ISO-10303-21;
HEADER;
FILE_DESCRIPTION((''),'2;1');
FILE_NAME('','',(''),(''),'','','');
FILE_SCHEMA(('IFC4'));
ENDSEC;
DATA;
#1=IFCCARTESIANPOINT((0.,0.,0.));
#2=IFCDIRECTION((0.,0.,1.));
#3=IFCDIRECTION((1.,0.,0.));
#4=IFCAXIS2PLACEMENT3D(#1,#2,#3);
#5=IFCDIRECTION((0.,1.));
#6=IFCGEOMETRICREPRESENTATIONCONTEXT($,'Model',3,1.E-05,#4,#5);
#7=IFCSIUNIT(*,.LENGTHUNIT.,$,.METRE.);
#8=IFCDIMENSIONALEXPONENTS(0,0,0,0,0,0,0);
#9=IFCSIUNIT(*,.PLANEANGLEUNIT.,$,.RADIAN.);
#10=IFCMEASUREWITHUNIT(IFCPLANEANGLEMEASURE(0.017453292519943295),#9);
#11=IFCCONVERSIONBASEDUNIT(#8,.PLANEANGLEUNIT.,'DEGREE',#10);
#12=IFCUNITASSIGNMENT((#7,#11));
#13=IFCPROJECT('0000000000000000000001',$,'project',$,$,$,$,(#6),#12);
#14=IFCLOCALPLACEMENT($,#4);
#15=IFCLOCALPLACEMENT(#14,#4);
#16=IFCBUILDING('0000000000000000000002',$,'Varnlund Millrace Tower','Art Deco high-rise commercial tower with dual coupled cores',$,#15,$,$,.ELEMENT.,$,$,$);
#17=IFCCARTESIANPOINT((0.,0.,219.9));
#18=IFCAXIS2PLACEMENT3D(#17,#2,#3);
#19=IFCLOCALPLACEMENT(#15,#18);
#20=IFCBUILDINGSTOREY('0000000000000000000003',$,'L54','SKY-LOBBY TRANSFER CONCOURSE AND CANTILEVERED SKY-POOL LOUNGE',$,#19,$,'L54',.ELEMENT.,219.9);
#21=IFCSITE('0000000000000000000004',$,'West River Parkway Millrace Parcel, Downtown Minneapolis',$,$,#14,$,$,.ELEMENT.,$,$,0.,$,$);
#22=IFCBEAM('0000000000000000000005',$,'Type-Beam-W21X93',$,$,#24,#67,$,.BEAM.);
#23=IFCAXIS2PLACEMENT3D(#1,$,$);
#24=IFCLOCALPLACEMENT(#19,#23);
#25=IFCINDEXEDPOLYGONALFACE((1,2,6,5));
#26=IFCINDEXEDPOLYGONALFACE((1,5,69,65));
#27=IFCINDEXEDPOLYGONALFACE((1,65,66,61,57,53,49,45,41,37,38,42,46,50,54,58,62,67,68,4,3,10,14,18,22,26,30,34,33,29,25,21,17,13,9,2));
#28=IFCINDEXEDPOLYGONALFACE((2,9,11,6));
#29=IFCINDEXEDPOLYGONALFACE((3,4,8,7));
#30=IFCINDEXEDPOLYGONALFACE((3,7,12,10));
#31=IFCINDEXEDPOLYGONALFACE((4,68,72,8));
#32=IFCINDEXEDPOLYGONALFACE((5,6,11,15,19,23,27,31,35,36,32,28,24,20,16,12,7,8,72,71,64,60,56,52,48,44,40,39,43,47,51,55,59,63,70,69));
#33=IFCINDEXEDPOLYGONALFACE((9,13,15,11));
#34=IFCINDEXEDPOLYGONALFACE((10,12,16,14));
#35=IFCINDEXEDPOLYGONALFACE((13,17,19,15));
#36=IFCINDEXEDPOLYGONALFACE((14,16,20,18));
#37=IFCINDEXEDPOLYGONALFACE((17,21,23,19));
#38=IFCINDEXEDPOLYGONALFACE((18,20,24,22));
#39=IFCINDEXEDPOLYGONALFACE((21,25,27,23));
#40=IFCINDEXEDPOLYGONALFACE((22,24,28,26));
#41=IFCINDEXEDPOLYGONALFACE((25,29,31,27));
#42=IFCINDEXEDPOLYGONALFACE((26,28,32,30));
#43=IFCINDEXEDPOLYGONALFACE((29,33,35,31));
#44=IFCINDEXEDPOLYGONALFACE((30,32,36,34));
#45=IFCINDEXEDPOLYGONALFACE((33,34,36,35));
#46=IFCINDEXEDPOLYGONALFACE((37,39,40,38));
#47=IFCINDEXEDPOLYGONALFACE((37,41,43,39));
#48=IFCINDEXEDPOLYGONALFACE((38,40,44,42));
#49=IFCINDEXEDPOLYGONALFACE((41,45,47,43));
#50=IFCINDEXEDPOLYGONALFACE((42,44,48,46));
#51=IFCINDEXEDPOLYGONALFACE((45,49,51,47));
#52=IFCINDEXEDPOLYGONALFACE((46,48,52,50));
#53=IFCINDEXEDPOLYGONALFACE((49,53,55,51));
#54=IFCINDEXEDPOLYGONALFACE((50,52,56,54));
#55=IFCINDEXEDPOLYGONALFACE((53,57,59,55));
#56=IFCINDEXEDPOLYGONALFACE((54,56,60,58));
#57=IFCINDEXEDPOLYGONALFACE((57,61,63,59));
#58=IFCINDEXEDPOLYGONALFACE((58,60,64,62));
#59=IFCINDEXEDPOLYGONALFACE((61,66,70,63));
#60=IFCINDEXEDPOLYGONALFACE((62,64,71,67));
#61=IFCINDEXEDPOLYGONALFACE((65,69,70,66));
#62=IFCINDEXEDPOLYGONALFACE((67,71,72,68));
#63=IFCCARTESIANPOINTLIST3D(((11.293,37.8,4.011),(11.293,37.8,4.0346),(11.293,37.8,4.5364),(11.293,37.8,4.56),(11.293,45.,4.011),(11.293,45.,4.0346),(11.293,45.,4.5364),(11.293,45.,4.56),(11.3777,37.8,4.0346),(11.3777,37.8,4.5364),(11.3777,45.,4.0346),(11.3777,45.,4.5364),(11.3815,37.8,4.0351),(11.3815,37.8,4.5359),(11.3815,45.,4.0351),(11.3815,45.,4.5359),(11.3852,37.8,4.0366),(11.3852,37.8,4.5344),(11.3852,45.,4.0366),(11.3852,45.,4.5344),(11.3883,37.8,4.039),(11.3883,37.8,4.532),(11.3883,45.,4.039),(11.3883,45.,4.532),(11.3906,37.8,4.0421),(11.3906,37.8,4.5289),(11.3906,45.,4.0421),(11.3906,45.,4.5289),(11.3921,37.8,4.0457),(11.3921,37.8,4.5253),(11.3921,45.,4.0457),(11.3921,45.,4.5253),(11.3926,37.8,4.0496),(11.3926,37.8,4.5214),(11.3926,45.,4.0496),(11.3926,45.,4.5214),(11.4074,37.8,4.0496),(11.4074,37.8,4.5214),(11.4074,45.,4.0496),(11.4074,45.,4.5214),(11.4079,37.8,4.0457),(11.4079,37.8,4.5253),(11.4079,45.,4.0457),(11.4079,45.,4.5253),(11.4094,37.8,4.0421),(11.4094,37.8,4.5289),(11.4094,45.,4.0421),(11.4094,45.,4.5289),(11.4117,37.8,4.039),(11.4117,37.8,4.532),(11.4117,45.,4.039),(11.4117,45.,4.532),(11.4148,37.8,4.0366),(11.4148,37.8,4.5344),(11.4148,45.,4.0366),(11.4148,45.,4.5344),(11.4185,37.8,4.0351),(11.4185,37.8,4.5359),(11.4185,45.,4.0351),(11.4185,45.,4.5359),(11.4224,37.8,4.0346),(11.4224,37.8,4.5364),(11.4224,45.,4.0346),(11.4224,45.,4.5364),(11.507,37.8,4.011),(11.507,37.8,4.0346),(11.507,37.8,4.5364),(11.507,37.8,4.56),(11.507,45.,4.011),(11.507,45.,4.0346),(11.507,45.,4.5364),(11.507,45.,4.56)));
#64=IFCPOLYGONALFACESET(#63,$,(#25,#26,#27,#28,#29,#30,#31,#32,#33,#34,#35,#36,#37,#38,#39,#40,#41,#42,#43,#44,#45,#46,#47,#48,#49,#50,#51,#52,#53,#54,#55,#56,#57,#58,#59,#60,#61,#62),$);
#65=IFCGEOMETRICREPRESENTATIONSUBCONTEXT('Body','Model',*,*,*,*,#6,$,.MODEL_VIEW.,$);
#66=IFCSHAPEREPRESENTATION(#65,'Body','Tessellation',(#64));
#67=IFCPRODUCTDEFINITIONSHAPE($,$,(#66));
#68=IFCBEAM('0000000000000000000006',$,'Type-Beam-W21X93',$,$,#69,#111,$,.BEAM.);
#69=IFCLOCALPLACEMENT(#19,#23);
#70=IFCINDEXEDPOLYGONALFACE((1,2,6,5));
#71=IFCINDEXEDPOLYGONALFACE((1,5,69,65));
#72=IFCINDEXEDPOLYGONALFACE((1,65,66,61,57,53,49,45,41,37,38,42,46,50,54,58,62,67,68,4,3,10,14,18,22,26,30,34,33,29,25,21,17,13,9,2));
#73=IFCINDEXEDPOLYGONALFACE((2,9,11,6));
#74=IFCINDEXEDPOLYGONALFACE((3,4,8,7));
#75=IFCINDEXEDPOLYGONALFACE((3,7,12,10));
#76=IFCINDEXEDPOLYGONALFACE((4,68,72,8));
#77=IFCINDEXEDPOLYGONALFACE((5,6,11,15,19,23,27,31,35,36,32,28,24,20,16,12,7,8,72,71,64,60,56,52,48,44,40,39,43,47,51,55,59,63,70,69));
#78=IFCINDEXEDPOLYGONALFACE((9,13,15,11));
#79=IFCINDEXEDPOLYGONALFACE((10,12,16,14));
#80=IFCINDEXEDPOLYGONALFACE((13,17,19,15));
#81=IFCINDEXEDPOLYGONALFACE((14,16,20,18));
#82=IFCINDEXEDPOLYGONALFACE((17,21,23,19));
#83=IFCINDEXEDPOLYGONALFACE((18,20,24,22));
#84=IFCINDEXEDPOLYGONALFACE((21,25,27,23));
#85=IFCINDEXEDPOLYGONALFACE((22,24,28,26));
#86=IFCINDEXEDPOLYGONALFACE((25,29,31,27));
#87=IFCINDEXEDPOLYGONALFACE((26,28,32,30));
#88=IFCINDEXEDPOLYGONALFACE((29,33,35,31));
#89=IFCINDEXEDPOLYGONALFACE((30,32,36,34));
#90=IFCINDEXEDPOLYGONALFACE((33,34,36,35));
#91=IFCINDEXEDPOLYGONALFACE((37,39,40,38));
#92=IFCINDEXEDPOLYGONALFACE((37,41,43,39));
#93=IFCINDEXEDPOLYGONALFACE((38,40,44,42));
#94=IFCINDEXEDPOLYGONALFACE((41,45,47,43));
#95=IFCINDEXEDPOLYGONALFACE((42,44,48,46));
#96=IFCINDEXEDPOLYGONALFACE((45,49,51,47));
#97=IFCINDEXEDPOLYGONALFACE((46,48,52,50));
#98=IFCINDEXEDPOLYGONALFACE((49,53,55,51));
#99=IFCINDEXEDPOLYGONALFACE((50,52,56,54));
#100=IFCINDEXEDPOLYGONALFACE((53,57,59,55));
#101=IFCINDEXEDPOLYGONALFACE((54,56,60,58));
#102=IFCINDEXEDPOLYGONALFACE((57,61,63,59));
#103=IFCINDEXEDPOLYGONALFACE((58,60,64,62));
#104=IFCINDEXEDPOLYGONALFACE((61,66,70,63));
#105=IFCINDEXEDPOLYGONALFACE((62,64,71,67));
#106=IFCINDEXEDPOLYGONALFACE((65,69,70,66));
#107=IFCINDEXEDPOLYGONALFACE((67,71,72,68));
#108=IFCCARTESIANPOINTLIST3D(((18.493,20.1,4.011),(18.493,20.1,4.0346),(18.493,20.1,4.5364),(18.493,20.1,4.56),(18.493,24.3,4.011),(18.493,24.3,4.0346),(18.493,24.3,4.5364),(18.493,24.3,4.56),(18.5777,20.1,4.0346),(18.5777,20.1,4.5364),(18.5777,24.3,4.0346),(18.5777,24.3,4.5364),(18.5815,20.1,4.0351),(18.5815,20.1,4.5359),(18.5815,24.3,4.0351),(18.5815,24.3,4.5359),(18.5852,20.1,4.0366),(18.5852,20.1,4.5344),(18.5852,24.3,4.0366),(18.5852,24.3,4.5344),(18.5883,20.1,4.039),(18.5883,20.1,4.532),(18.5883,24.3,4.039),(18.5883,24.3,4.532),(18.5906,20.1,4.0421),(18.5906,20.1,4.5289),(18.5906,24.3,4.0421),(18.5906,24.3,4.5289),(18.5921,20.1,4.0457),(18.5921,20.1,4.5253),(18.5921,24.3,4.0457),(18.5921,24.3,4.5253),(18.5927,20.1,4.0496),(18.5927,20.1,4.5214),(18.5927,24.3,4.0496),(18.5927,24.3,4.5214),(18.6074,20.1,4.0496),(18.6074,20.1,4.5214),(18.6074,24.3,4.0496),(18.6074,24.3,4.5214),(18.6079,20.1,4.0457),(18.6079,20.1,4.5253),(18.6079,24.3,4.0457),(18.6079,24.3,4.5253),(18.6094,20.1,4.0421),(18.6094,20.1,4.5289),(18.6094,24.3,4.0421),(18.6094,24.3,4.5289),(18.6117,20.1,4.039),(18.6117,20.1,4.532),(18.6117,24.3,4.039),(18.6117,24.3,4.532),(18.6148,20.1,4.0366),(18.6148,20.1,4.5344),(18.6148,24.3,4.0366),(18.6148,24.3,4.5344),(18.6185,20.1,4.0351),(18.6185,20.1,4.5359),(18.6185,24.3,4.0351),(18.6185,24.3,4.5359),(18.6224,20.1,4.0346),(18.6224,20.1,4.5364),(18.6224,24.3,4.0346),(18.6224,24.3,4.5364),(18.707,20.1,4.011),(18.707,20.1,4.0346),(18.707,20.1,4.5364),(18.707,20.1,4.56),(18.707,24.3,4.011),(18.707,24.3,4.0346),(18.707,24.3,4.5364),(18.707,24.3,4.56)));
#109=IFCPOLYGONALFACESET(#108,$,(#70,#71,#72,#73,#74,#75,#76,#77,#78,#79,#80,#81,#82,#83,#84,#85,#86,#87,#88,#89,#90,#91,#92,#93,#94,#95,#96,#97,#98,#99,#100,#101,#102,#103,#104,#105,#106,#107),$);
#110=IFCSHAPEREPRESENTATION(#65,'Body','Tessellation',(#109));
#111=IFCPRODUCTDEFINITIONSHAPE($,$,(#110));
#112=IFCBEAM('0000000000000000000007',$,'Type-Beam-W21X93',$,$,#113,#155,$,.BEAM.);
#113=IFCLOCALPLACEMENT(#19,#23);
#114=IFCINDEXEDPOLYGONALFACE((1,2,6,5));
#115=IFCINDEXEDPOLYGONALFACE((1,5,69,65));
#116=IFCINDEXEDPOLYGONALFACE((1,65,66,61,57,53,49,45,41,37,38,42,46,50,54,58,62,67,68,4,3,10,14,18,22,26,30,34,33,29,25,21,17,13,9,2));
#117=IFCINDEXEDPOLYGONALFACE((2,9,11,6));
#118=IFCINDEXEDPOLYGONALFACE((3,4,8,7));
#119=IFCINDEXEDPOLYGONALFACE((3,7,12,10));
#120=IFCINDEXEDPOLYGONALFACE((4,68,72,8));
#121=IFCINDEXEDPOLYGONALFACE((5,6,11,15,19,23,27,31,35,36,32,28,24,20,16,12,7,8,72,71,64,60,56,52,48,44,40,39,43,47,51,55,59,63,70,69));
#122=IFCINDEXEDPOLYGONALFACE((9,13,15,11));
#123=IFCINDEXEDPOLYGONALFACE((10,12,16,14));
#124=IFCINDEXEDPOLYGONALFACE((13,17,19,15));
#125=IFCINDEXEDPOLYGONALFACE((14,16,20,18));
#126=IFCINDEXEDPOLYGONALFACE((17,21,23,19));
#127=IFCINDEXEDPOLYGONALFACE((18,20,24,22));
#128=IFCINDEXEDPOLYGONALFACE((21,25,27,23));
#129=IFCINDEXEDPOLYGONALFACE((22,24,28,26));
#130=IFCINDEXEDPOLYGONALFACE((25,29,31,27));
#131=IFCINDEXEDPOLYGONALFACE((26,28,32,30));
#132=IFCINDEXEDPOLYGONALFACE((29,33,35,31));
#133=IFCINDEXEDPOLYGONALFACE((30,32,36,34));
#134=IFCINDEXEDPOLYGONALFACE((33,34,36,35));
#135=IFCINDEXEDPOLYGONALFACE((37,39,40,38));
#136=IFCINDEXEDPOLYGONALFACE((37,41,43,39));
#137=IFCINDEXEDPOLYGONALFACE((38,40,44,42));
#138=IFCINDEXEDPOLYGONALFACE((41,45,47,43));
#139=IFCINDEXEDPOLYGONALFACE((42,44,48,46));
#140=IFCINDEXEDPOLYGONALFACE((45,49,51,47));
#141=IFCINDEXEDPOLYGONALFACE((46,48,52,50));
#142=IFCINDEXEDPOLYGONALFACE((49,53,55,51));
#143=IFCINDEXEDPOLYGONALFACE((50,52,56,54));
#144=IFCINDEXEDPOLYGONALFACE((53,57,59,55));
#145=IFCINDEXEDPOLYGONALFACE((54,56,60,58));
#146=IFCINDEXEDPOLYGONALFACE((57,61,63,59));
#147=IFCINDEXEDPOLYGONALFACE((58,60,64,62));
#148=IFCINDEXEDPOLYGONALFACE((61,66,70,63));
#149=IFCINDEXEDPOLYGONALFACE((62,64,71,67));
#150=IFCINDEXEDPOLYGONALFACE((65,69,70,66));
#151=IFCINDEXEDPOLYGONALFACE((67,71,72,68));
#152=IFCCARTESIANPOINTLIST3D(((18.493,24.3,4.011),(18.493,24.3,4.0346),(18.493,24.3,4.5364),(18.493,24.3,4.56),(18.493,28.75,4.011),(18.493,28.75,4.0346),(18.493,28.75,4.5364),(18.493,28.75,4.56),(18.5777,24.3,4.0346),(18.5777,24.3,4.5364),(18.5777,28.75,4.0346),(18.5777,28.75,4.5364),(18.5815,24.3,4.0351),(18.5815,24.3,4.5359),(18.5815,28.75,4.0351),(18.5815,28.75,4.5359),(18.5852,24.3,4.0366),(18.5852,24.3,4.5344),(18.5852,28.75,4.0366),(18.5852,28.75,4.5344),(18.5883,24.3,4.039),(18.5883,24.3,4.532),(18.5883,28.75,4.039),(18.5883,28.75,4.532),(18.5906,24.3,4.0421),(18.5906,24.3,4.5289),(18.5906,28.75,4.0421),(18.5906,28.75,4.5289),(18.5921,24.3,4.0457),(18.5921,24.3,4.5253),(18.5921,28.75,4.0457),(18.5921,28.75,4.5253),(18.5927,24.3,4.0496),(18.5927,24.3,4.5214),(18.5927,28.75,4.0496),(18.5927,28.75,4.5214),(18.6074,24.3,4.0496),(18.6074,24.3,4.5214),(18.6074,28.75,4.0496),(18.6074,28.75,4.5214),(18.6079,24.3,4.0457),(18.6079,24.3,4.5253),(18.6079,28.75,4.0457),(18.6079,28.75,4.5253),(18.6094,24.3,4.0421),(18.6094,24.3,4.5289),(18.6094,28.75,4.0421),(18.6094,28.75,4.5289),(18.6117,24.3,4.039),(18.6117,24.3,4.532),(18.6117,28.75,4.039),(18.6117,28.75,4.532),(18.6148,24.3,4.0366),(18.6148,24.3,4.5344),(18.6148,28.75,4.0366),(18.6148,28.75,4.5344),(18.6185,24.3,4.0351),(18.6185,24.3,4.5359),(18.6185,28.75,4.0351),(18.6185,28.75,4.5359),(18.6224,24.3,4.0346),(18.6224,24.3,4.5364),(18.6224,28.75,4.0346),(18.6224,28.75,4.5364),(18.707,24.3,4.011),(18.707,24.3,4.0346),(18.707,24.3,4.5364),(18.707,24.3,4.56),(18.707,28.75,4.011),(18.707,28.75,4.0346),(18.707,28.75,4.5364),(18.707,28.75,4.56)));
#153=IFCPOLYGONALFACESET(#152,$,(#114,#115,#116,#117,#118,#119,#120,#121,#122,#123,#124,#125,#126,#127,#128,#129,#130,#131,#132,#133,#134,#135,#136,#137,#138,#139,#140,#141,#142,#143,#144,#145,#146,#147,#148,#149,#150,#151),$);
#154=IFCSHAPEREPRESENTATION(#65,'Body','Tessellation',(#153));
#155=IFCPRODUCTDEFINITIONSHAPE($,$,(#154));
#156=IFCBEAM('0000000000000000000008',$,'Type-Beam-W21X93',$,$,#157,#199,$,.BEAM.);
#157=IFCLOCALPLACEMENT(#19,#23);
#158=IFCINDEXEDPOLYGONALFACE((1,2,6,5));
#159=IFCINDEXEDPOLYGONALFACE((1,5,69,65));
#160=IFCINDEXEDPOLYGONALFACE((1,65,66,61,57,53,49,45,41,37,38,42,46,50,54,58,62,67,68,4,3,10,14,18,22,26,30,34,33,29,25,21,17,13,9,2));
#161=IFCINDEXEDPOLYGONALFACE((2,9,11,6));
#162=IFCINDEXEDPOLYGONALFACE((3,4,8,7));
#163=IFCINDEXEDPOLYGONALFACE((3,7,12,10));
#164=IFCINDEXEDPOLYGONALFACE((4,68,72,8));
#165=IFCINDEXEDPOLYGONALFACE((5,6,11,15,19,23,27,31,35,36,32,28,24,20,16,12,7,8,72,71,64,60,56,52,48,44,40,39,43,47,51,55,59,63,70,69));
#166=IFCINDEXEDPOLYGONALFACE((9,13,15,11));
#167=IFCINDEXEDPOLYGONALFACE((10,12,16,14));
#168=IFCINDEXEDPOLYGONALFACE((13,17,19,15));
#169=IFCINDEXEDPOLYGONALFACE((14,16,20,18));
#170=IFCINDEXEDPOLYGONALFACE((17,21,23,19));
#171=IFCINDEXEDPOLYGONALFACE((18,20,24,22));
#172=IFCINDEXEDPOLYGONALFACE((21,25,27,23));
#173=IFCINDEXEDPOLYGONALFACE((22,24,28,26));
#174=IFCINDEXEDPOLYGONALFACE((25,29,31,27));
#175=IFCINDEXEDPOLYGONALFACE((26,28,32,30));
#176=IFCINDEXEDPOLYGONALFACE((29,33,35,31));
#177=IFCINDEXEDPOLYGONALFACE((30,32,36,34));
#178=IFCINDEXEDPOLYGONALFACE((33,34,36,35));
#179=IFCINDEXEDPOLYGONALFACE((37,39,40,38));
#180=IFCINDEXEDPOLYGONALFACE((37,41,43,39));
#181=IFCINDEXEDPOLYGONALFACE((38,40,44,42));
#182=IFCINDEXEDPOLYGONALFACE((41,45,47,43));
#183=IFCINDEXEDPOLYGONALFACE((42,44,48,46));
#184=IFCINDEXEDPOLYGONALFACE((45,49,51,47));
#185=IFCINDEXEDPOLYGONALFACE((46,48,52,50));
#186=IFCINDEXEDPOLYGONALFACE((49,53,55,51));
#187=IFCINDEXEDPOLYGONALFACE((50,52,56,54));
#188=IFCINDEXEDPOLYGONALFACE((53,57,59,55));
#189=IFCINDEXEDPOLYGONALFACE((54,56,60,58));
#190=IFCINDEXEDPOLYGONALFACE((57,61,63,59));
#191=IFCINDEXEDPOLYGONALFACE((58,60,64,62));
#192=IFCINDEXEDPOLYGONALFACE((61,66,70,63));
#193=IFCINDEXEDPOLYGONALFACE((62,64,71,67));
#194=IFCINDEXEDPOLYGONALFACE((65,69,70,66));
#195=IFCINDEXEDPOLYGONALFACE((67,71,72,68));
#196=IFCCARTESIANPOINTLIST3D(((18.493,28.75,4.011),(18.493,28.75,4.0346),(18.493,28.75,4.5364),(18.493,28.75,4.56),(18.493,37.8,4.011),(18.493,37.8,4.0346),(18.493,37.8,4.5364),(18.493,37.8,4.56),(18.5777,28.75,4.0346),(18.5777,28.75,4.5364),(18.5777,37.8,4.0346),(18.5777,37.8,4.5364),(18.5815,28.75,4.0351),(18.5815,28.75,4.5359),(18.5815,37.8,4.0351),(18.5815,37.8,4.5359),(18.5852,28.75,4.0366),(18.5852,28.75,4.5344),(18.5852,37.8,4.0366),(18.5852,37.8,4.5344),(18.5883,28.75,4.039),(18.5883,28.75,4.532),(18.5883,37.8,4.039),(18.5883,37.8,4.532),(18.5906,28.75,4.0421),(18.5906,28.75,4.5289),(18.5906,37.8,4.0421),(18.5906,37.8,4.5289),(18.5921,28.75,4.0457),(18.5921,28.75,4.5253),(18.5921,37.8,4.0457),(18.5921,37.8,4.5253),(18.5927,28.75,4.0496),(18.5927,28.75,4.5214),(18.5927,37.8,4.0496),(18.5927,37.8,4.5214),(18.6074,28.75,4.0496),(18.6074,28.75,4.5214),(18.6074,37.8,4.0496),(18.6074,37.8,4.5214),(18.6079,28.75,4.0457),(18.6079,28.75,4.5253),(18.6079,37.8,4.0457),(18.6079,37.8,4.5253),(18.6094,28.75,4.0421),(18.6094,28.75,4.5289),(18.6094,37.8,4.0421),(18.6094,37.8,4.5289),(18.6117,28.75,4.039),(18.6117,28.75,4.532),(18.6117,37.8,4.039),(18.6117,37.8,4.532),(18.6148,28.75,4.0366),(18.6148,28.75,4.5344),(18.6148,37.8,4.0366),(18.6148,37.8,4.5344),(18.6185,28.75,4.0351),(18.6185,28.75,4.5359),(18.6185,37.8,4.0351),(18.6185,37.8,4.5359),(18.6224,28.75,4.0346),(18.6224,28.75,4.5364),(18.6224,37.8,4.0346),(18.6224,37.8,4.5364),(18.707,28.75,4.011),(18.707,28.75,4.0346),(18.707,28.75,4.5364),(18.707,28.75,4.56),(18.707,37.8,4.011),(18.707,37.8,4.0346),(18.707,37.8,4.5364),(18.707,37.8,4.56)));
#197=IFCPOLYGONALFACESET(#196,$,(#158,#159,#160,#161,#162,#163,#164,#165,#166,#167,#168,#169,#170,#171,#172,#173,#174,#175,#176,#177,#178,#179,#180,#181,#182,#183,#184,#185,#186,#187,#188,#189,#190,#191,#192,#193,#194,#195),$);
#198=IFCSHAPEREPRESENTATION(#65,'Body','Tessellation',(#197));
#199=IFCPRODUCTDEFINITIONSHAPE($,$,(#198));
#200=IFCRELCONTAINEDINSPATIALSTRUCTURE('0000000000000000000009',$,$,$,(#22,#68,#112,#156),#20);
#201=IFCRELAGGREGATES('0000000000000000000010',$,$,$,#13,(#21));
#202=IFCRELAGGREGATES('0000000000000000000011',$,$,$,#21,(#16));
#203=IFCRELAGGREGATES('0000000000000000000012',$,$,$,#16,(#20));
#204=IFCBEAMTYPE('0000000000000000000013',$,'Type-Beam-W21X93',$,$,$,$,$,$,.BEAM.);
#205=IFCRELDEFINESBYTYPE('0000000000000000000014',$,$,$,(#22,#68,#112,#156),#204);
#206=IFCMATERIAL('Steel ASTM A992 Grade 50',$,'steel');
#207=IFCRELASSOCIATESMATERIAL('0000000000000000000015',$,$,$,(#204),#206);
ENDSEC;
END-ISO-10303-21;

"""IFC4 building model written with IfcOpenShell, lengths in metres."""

from ifc_helpers import new_model, entity, si_unit, converted_unit, direction, frame, origin_with_axes, origin_2d_with_axis, place, context, subcontext, project, spatial, i_section, extrude, material, material_profile, profile_set, type_object, element, save


model = new_model("IFC4")

# Units and contexts
model_context = context("Model", 3, precision=1e-05, world=origin_with_axes(), true_north=direction((0.0, 1.0)))
body_context = subcontext(model_context, "Body", "Model", "MODEL_VIEW")
ifc_project = project(units=[si_unit("LENGTHUNIT", "METRE"), converted_unit("PLANEANGLEUNIT", "DEGREE", entity("IfcPlaneAngleMeasure", 0.017453292519943295), si_unit("PLANEANGLEUNIT", "RADIAN"), dimensions=[0, 0, 0, 0, 0, 0, 0])], contexts=[model_context])

# Site, building, storey
site_placement = place(None, origin_with_axes())
site = spatial("IfcSite", under=ifc_project, at=site_placement, Name="West River Parkway Millrace Parcel, Downtown Minneapolis", CompositionType="ELEMENT", RefElevation=0.0)
building_placement = place(site_placement, origin_with_axes())
building = spatial("IfcBuilding", under=site, at=building_placement, Name="Varnlund Millrace Tower", Description="Art Deco high-rise commercial tower with dual coupled cores", CompositionType="ELEMENT")
storey_placement = place(building_placement, frame((0.0, 0.0, 219.9), z_axis=(0.0, 0.0, 1.0), x_axis=(1.0, 0.0, 0.0)))
storey = spatial("IfcBuildingStorey", under=building, at=storey_placement, Name="L54", Description="SKY-LOBBY TRANSFER CONCOURSE AND CANTILEVERED SKY-POOL LOUNGE", LongName="L54", CompositionType="ELEMENT", Elevation=219.9)

# Beams
ifc_material_1 = material(Name="Steel ASTM A992 Grade 50", Category="steel")
ifc_material_profile_1 = material_profile(ifc_material_1, i_section(OverallWidth=0.214, OverallDepth=0.549, WebThickness=0.0147, FlangeThickness=0.0236, FilletRadius=0.015, at=origin_2d_with_axis()), Name="Steel ASTM A992 Grade 50")
ifc_profile_set_1 = profile_set([ifc_material_profile_1], Name="Steel ASTM A992 Grade 50")
beam_type_1 = type_object("IfcBeamType", Name="Type-Beam-W21X93", PredefinedType="BEAM", material=ifc_profile_set_1)
beam_1_placement = place(storey_placement, frame((11.4, 37.8, 4.2855), z_axis=(0.0, 1.0, 0.0), x_axis=(-1.0, 0.0, 0.0)))
element("IfcBeam", 1, at=beam_1_placement, inside=storey, type_object=beam_type_1, Name="Type-Beam-W21X93", PredefinedType="BEAM", context=body_context, shape_type="SweptSolid", body=[
    extrude(i_section(OverallWidth=0.214, OverallDepth=0.549, WebThickness=0.0147, FlangeThickness=0.0236, FilletRadius=0.015, at=origin_2d_with_axis()), origin_with_axes(), (0.0, 0.0, 1.0), 7.2),
])
beam_2_placement = place(storey_placement, frame((18.6, 20.1, 4.2855), z_axis=(0.0, 1.0, 0.0), x_axis=(-1.0, 0.0, 0.0)))
element("IfcBeam", 2, at=beam_2_placement, inside=storey, type_object=beam_type_1, Name="Type-Beam-W21X93", PredefinedType="BEAM", context=body_context, shape_type="SweptSolid", body=[
    extrude(i_section(OverallWidth=0.214, OverallDepth=0.549, WebThickness=0.0147, FlangeThickness=0.0236, FilletRadius=0.015, at=origin_2d_with_axis()), origin_with_axes(), (0.0, 0.0, 1.0), 4.2),
])
beam_3_placement = place(storey_placement, frame((18.6, 24.3, 4.2855), z_axis=(0.0, 1.0, 0.0), x_axis=(-1.0, 0.0, 0.0)))
element("IfcBeam", 3, at=beam_3_placement, inside=storey, type_object=beam_type_1, Name="Type-Beam-W21X93", PredefinedType="BEAM", context=body_context, shape_type="SweptSolid", body=[
    extrude(i_section(OverallWidth=0.214, OverallDepth=0.549, WebThickness=0.0147, FlangeThickness=0.0236, FilletRadius=0.015, at=origin_2d_with_axis()), origin_with_axes(), (0.0, 0.0, 1.0), 4.45),
])
beam_4_placement = place(storey_placement, frame((18.6, 28.75, 4.2855), z_axis=(0.0, 1.0, 0.0), x_axis=(-1.0, 0.0, 0.0)))
element("IfcBeam", 4, at=beam_4_placement, inside=storey, type_object=beam_type_1, Name="Type-Beam-W21X93", PredefinedType="BEAM", context=body_context, shape_type="SweptSolid", body=[
    extrude(i_section(OverallWidth=0.214, OverallDepth=0.549, WebThickness=0.0147, FlangeThickness=0.0236, FilletRadius=0.015, at=origin_2d_with_axis()), origin_with_axes(), (0.0, 0.0, 1.0), 9.05),
])

save(model, "model.ifc")
